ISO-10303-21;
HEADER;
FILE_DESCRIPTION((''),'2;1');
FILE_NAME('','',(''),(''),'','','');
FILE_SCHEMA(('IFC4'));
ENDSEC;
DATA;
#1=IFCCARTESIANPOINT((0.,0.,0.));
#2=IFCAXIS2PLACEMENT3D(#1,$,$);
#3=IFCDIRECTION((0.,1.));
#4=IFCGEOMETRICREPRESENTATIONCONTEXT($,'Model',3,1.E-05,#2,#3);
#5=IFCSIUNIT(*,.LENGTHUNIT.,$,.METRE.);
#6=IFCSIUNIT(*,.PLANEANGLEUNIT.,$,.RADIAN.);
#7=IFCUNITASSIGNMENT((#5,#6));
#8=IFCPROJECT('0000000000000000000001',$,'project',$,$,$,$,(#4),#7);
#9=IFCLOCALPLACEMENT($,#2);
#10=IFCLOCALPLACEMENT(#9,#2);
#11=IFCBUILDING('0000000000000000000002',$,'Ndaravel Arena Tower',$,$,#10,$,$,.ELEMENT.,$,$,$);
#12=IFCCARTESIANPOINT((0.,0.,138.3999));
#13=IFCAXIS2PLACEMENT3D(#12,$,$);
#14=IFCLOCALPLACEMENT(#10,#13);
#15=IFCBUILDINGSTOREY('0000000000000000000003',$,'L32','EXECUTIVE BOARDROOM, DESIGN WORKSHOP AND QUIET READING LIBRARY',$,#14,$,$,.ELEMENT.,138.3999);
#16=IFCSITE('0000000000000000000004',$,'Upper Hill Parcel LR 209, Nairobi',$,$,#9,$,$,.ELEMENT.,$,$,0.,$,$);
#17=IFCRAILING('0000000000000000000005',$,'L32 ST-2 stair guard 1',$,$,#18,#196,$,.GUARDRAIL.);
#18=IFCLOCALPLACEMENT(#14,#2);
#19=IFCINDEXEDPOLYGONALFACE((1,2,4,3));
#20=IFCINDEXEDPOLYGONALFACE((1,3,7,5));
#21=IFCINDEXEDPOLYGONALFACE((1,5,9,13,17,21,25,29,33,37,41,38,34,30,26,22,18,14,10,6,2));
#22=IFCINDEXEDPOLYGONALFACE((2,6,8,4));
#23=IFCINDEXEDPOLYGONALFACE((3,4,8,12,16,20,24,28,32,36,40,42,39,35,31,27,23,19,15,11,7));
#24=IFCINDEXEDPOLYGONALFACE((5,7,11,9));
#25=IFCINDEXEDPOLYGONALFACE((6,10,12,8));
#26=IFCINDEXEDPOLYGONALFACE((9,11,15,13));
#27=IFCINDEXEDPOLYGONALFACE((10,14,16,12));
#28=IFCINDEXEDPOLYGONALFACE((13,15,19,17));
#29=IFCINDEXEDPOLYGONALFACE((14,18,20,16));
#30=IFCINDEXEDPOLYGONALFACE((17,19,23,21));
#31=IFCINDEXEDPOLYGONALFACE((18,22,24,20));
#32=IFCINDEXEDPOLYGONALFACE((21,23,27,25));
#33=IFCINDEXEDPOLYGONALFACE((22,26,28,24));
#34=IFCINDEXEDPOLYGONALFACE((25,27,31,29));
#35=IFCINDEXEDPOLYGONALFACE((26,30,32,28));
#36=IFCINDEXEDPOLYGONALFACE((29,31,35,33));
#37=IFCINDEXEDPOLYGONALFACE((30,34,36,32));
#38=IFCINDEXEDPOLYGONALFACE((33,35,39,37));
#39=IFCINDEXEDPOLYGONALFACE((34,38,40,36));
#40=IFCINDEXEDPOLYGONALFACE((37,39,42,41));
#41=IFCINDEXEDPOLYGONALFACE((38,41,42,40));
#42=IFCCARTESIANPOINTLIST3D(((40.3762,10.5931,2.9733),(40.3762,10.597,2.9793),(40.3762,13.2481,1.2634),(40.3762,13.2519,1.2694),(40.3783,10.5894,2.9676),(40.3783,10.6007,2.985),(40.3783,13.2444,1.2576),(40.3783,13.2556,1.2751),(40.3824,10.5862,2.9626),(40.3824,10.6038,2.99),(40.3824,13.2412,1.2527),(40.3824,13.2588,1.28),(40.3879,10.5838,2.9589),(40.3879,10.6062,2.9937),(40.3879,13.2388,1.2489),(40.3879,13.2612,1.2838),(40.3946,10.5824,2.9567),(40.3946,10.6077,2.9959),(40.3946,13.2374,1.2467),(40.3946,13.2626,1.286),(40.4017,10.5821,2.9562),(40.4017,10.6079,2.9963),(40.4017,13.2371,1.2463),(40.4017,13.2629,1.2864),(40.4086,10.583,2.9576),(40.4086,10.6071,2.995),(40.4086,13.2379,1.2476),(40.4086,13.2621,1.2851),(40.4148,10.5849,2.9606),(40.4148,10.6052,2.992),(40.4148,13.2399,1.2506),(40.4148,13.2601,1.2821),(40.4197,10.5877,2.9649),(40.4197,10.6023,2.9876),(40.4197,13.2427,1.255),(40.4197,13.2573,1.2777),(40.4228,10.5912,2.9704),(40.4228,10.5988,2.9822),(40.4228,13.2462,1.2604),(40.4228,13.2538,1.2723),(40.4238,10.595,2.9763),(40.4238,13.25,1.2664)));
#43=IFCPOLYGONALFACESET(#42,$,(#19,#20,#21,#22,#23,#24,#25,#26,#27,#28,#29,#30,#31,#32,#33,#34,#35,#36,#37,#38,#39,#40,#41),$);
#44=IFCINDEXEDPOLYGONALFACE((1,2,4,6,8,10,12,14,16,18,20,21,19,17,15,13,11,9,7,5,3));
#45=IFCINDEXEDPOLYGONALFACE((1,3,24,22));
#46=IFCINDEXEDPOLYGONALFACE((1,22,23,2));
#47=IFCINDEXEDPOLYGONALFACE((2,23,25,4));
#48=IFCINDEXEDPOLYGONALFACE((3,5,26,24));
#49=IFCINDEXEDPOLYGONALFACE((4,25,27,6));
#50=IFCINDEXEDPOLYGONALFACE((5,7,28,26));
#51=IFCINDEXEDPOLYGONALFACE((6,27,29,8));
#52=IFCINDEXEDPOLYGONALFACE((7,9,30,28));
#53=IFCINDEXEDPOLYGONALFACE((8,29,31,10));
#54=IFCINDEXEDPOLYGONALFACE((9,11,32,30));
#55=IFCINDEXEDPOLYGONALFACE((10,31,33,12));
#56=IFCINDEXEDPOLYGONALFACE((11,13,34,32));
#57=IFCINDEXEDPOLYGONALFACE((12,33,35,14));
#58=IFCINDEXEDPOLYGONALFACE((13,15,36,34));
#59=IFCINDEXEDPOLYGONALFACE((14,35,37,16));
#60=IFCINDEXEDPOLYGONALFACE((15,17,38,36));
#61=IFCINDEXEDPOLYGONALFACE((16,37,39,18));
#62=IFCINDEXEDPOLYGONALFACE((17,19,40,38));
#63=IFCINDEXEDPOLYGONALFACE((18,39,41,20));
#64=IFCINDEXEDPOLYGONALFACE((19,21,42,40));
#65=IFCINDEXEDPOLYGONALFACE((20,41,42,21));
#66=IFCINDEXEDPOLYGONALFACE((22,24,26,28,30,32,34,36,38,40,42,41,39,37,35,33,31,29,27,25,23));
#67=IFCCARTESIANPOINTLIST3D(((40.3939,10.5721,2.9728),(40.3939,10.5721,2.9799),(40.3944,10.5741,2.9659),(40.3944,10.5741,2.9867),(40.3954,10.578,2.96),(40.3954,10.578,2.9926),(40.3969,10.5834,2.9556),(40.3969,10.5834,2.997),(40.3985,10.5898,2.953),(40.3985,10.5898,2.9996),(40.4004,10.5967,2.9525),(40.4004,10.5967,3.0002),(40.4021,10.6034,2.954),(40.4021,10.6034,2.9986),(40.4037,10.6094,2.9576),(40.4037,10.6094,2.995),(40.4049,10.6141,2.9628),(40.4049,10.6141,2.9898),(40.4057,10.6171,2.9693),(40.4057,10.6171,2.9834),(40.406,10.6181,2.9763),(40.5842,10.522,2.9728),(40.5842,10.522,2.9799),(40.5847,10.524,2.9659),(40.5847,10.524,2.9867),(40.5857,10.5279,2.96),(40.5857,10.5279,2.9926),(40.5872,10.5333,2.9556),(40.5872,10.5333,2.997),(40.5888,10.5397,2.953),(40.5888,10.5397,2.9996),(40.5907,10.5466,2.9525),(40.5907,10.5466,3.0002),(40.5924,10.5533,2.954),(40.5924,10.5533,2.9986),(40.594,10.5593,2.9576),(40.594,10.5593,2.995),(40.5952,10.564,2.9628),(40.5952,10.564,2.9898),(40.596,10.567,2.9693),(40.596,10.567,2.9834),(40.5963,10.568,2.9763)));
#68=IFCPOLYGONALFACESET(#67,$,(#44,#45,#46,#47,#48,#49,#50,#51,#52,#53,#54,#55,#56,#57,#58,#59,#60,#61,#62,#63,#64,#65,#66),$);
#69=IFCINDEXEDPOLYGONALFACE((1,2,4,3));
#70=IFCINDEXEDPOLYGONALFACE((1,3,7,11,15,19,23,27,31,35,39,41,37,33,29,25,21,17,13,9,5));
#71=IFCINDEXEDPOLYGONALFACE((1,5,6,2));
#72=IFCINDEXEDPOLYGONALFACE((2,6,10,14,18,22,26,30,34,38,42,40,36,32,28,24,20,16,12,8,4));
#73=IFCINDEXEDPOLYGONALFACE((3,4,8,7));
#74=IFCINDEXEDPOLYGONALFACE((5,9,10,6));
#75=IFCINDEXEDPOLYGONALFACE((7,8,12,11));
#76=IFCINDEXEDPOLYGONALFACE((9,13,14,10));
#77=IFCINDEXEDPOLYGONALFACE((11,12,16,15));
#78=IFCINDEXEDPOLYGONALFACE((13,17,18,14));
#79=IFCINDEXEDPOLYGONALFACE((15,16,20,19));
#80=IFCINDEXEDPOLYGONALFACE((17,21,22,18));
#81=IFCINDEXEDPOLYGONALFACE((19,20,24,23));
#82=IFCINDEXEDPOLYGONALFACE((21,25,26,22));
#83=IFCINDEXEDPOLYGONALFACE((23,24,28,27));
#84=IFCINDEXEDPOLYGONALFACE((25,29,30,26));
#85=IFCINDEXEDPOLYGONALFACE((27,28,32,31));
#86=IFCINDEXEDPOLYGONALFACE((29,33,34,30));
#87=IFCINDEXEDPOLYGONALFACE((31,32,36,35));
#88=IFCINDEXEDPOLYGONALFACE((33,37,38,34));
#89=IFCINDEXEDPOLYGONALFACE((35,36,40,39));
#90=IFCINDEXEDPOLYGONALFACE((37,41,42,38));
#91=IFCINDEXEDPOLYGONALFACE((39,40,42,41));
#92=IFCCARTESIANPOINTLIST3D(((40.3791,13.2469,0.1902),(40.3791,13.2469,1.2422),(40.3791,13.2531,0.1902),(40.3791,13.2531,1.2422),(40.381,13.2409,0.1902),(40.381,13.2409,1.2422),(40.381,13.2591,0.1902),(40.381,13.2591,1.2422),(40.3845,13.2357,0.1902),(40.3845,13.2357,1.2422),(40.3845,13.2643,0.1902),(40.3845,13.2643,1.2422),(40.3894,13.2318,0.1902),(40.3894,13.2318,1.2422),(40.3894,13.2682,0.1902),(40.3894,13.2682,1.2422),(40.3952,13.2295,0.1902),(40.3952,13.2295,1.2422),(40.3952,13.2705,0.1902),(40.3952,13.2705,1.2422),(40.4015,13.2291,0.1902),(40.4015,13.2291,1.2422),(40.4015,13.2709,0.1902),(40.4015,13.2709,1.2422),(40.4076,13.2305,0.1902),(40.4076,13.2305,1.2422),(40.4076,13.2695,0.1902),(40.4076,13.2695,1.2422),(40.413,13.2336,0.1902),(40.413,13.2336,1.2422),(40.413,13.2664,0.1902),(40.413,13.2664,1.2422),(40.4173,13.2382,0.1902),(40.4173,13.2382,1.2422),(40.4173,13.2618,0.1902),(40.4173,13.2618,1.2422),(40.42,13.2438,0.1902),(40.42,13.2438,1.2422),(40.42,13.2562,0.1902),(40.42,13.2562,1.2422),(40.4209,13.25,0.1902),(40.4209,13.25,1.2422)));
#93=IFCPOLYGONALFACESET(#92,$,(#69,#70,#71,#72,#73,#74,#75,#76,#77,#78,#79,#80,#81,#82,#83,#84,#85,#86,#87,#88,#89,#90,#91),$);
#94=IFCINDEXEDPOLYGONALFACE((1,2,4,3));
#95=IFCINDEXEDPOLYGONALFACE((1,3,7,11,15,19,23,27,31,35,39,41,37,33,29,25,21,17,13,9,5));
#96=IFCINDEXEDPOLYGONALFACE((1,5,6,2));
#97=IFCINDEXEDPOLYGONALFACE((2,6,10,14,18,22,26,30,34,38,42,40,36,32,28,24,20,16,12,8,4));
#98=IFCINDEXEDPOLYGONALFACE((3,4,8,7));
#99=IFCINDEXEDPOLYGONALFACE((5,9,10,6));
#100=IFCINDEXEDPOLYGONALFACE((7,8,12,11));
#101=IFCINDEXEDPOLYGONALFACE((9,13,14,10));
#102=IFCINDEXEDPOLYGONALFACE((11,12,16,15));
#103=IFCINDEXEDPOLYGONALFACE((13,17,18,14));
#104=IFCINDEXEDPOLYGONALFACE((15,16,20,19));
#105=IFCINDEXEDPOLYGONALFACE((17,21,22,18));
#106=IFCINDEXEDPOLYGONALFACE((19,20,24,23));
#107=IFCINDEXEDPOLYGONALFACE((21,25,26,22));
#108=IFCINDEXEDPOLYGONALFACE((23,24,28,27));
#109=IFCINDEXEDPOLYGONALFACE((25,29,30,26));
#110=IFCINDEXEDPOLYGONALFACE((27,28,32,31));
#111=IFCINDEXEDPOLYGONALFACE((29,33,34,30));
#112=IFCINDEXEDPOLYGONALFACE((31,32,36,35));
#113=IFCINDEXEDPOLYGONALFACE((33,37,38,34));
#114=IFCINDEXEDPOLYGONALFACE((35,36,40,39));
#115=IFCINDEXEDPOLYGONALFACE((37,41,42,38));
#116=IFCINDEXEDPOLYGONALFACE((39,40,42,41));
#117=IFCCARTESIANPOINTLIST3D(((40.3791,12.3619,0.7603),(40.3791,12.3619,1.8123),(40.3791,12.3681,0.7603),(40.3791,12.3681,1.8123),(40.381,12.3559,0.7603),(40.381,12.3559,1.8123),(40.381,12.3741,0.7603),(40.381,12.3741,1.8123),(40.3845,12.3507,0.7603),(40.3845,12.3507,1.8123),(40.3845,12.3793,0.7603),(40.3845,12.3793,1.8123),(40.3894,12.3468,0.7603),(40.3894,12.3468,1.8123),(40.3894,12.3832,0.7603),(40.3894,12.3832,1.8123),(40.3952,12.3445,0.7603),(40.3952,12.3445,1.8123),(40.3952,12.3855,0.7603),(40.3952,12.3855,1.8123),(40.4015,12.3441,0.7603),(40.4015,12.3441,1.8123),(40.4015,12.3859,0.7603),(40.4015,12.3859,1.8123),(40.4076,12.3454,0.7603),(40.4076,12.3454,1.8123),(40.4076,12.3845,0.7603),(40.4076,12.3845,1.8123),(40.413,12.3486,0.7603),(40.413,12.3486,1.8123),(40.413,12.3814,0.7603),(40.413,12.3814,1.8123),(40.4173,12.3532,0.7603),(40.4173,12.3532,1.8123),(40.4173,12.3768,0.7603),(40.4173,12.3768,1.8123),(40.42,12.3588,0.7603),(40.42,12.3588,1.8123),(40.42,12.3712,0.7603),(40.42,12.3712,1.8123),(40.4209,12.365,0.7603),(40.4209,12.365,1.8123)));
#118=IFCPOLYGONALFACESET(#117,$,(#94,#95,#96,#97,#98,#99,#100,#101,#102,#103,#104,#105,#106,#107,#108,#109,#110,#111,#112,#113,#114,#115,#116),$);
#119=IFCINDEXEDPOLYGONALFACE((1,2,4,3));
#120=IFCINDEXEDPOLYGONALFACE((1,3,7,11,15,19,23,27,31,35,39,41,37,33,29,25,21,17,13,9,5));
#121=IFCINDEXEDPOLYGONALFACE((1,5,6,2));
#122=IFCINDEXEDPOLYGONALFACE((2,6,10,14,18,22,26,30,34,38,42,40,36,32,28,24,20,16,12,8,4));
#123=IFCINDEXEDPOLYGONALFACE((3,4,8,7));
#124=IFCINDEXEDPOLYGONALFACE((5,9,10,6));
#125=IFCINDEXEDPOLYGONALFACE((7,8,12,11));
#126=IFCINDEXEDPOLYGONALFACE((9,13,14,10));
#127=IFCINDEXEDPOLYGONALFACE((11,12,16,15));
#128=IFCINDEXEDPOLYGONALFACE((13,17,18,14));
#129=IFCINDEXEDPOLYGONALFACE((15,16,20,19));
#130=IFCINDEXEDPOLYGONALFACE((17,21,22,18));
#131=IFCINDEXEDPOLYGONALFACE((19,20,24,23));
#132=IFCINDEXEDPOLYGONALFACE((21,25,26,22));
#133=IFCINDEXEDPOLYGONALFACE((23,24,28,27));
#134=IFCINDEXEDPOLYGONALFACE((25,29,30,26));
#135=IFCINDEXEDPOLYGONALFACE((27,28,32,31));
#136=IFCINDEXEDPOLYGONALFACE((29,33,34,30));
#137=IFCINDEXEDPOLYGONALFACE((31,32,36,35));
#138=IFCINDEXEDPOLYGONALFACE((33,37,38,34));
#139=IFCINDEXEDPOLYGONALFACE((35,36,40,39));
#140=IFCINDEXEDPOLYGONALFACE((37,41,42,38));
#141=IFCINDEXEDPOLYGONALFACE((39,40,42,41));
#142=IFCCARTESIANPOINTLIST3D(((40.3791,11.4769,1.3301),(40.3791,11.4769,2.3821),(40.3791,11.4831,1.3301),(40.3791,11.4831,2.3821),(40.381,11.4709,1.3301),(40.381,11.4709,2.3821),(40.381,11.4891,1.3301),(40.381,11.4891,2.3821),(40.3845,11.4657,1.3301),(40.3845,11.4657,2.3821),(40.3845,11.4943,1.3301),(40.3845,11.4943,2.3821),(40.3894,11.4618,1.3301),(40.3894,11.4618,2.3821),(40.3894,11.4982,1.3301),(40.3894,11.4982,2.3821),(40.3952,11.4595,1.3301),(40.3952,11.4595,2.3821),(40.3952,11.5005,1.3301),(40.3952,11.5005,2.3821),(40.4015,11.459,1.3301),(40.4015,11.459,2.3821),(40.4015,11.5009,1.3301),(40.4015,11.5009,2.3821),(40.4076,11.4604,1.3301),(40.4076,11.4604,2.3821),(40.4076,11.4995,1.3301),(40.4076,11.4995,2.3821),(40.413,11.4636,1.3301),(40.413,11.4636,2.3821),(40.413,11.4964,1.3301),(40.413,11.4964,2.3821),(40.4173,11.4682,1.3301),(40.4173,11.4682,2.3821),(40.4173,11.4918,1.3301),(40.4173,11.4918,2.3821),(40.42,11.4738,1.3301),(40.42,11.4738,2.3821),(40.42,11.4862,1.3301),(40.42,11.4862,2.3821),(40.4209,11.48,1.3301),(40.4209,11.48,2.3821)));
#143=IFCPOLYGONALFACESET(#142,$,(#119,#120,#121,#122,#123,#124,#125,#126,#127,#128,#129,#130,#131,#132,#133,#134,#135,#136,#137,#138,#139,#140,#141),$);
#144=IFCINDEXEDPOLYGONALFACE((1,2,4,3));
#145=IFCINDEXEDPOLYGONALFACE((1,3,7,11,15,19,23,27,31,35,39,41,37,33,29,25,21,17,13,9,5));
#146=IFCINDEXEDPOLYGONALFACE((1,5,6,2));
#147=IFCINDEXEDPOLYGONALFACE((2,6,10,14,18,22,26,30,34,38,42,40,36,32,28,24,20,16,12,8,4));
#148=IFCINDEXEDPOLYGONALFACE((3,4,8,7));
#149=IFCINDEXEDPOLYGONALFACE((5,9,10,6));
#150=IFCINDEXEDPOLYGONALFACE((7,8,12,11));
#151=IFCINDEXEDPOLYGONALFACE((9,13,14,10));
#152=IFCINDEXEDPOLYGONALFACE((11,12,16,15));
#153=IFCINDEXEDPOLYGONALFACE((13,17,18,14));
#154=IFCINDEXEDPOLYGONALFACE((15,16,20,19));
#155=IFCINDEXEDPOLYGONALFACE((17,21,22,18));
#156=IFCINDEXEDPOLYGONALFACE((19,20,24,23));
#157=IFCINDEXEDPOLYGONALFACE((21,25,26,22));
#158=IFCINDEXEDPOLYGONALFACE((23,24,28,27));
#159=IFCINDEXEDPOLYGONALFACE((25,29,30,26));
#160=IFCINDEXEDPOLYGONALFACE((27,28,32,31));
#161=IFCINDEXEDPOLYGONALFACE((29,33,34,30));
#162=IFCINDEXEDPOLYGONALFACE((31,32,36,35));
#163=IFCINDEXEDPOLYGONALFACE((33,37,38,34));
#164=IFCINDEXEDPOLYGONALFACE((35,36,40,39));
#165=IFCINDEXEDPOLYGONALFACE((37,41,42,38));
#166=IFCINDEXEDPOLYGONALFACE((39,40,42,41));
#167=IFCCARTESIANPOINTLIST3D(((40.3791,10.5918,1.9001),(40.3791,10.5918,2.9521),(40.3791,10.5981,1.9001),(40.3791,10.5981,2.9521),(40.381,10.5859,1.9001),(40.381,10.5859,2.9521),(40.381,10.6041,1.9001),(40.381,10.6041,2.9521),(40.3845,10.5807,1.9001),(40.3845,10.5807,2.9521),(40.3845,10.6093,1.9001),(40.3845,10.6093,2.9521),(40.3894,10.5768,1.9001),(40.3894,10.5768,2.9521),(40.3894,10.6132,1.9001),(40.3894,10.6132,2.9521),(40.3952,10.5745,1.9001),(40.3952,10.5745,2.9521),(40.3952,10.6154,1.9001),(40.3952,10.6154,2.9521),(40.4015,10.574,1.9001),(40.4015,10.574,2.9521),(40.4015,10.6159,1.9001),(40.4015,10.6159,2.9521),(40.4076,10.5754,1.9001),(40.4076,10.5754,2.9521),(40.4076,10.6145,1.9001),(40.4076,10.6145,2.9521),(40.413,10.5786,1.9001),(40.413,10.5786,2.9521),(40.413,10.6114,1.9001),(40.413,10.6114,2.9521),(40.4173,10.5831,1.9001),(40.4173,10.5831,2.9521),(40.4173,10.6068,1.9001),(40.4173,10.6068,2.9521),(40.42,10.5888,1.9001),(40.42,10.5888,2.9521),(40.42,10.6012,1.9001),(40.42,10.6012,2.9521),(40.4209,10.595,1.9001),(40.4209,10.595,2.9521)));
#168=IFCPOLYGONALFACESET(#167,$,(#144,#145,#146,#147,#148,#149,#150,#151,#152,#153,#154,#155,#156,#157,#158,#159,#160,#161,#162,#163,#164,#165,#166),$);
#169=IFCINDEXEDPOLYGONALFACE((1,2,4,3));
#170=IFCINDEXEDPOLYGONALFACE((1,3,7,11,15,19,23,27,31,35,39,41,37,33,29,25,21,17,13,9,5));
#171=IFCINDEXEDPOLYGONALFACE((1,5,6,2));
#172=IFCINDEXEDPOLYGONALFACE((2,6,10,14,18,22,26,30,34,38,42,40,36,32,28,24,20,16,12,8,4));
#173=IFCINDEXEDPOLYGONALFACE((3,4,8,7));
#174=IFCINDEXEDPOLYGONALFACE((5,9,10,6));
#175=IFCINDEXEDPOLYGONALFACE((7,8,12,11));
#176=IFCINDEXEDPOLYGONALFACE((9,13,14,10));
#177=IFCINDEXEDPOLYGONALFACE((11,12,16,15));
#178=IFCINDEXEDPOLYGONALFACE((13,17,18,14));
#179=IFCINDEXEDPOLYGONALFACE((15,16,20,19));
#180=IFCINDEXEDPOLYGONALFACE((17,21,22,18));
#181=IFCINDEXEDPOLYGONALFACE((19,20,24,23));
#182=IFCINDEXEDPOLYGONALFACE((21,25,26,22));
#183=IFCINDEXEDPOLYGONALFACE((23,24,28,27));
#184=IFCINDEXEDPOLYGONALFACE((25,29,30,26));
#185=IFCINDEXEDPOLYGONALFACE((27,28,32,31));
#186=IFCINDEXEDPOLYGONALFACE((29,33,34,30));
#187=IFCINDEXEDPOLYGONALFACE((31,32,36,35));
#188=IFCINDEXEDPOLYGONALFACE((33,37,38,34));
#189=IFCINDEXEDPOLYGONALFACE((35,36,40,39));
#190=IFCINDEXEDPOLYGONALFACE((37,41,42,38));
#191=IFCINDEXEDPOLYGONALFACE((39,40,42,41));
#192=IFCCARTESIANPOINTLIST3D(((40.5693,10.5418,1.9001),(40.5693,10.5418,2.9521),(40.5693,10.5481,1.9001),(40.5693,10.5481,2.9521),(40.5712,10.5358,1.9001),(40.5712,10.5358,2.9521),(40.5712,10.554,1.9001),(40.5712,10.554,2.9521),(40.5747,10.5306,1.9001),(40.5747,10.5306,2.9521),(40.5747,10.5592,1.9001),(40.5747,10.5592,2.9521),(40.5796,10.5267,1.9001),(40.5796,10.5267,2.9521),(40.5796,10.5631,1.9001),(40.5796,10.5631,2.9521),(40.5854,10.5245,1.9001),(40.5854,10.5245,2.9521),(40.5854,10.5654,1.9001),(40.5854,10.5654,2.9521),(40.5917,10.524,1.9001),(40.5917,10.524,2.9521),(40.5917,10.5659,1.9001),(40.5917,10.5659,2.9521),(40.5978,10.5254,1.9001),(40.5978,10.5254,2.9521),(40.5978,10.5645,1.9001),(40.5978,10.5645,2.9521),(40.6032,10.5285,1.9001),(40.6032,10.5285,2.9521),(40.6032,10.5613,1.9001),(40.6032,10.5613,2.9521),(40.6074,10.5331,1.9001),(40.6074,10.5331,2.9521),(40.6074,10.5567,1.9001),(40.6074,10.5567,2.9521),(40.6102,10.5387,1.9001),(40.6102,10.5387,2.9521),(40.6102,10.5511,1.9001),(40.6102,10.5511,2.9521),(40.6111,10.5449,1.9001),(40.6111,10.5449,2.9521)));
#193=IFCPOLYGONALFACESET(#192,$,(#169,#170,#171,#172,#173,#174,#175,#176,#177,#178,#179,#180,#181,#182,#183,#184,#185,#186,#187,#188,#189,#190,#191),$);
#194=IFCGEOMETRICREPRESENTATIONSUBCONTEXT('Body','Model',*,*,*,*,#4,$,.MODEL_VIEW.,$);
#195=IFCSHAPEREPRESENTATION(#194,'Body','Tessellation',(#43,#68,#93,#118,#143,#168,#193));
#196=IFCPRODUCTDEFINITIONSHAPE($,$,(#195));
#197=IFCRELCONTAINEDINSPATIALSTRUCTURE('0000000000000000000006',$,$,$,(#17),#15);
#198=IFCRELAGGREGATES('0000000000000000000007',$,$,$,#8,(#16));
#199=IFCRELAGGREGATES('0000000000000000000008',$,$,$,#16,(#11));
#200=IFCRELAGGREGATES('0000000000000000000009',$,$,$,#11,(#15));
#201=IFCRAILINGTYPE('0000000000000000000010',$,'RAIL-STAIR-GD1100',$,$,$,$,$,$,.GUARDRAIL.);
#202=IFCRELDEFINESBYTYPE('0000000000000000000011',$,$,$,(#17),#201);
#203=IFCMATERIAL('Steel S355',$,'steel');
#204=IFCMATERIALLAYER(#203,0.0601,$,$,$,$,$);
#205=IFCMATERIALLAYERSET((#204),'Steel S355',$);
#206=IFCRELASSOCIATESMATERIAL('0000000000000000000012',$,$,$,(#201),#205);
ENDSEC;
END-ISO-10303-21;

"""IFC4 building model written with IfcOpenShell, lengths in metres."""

from ifc_helpers import new_model, si_unit, direction, frame, origin, origin_2d, place, context, subcontext, project, spatial, circle, extrude, material, layer, layer_set, type_object, element, save


model = new_model("IFC4")

# Units and contexts
model_context = context("Model", 3, precision=1e-05, world=origin(), true_north=direction((0.0, 1.0)))
body_context = subcontext(model_context, "Body", "Model", "MODEL_VIEW")
ifc_project = project(units=[si_unit("LENGTHUNIT", "METRE"), si_unit("PLANEANGLEUNIT", "RADIAN")], contexts=[model_context])

# Site, building, storey
site_placement = place(None, origin())
site = spatial("IfcSite", under=ifc_project, at=site_placement, Name="Upper Hill Parcel LR 209, Nairobi", CompositionType="ELEMENT", RefElevation=0.0)
building_placement = place(site_placement, origin())
building = spatial("IfcBuilding", under=site, at=building_placement, Name="Ndaravel Arena Tower", CompositionType="ELEMENT")
storey_placement = place(building_placement, frame((0.0, 0.0, 138.3999)))
storey = spatial("IfcBuildingStorey", under=building, at=storey_placement, Name="L32", Description="EXECUTIVE BOARDROOM, DESIGN WORKSHOP AND QUIET READING LIBRARY", CompositionType="ELEMENT", Elevation=138.3999)

# Railing
ifc_material_1 = material(Name="Steel S355", Category="steel")
ifc_layer_1 = layer(ifc_material_1, 0.0601)
ifc_layer_set_1 = layer_set([ifc_layer_1], Name="Steel S355")
railing_type_1 = type_object("IfcRailingType", Name="RAIL-STAIR-GD1100", PredefinedType="GUARDRAIL", material=ifc_layer_set_1)
railing_1_placement = place(storey_placement, frame((40.3999, 13.25, 0.1902)))
element("IfcRailing", 1, at=railing_1_placement, inside=storey, type_object=railing_type_1, Name="L32 ST-2 stair guard 1", PredefinedType="GUARDRAIL", context=body_context, shape_type="SweptSolid", body=[
    extrude(circle(Radius=0.0239, at=origin_2d()), frame((0.0, 0.0, 1.0762), z_axis=(0.0, -0.840724, 0.541465), x_axis=(1.0, 0.0, 0.0)), (0.0, 0.0, 1.0), 3.158),
    extrude(circle(Radius=0.0239, at=origin_2d()), frame((0.0, -2.655, 2.7861), z_axis=(0.967075, -0.254493, 0.0), x_axis=(0.254493, 0.967075, 0.0)), (0.0, 0.0, 1.0), 0.1968),
    extrude(circle(Radius=0.021, at=origin_2d()), origin(), (0.0, 0.0, 1.0), 1.052),
    extrude(circle(Radius=0.021, at=origin_2d()), frame((0.0, -0.885, 0.5701)), (0.0, 0.0, 1.0), 1.052),
    extrude(circle(Radius=0.021, at=origin_2d()), frame((0.0, -1.77, 1.1399)), (0.0, 0.0, 1.0), 1.052),
    extrude(circle(Radius=0.021, at=origin_2d()), frame((0.0, -2.655, 1.71)), (0.0, 0.0, 1.0), 1.052),
    extrude(circle(Radius=0.021, at=origin_2d()), frame((0.1902, -2.7051, 1.71)), (0.0, 0.0, 1.0), 1.052),
])

save(model, "model.ifc")
